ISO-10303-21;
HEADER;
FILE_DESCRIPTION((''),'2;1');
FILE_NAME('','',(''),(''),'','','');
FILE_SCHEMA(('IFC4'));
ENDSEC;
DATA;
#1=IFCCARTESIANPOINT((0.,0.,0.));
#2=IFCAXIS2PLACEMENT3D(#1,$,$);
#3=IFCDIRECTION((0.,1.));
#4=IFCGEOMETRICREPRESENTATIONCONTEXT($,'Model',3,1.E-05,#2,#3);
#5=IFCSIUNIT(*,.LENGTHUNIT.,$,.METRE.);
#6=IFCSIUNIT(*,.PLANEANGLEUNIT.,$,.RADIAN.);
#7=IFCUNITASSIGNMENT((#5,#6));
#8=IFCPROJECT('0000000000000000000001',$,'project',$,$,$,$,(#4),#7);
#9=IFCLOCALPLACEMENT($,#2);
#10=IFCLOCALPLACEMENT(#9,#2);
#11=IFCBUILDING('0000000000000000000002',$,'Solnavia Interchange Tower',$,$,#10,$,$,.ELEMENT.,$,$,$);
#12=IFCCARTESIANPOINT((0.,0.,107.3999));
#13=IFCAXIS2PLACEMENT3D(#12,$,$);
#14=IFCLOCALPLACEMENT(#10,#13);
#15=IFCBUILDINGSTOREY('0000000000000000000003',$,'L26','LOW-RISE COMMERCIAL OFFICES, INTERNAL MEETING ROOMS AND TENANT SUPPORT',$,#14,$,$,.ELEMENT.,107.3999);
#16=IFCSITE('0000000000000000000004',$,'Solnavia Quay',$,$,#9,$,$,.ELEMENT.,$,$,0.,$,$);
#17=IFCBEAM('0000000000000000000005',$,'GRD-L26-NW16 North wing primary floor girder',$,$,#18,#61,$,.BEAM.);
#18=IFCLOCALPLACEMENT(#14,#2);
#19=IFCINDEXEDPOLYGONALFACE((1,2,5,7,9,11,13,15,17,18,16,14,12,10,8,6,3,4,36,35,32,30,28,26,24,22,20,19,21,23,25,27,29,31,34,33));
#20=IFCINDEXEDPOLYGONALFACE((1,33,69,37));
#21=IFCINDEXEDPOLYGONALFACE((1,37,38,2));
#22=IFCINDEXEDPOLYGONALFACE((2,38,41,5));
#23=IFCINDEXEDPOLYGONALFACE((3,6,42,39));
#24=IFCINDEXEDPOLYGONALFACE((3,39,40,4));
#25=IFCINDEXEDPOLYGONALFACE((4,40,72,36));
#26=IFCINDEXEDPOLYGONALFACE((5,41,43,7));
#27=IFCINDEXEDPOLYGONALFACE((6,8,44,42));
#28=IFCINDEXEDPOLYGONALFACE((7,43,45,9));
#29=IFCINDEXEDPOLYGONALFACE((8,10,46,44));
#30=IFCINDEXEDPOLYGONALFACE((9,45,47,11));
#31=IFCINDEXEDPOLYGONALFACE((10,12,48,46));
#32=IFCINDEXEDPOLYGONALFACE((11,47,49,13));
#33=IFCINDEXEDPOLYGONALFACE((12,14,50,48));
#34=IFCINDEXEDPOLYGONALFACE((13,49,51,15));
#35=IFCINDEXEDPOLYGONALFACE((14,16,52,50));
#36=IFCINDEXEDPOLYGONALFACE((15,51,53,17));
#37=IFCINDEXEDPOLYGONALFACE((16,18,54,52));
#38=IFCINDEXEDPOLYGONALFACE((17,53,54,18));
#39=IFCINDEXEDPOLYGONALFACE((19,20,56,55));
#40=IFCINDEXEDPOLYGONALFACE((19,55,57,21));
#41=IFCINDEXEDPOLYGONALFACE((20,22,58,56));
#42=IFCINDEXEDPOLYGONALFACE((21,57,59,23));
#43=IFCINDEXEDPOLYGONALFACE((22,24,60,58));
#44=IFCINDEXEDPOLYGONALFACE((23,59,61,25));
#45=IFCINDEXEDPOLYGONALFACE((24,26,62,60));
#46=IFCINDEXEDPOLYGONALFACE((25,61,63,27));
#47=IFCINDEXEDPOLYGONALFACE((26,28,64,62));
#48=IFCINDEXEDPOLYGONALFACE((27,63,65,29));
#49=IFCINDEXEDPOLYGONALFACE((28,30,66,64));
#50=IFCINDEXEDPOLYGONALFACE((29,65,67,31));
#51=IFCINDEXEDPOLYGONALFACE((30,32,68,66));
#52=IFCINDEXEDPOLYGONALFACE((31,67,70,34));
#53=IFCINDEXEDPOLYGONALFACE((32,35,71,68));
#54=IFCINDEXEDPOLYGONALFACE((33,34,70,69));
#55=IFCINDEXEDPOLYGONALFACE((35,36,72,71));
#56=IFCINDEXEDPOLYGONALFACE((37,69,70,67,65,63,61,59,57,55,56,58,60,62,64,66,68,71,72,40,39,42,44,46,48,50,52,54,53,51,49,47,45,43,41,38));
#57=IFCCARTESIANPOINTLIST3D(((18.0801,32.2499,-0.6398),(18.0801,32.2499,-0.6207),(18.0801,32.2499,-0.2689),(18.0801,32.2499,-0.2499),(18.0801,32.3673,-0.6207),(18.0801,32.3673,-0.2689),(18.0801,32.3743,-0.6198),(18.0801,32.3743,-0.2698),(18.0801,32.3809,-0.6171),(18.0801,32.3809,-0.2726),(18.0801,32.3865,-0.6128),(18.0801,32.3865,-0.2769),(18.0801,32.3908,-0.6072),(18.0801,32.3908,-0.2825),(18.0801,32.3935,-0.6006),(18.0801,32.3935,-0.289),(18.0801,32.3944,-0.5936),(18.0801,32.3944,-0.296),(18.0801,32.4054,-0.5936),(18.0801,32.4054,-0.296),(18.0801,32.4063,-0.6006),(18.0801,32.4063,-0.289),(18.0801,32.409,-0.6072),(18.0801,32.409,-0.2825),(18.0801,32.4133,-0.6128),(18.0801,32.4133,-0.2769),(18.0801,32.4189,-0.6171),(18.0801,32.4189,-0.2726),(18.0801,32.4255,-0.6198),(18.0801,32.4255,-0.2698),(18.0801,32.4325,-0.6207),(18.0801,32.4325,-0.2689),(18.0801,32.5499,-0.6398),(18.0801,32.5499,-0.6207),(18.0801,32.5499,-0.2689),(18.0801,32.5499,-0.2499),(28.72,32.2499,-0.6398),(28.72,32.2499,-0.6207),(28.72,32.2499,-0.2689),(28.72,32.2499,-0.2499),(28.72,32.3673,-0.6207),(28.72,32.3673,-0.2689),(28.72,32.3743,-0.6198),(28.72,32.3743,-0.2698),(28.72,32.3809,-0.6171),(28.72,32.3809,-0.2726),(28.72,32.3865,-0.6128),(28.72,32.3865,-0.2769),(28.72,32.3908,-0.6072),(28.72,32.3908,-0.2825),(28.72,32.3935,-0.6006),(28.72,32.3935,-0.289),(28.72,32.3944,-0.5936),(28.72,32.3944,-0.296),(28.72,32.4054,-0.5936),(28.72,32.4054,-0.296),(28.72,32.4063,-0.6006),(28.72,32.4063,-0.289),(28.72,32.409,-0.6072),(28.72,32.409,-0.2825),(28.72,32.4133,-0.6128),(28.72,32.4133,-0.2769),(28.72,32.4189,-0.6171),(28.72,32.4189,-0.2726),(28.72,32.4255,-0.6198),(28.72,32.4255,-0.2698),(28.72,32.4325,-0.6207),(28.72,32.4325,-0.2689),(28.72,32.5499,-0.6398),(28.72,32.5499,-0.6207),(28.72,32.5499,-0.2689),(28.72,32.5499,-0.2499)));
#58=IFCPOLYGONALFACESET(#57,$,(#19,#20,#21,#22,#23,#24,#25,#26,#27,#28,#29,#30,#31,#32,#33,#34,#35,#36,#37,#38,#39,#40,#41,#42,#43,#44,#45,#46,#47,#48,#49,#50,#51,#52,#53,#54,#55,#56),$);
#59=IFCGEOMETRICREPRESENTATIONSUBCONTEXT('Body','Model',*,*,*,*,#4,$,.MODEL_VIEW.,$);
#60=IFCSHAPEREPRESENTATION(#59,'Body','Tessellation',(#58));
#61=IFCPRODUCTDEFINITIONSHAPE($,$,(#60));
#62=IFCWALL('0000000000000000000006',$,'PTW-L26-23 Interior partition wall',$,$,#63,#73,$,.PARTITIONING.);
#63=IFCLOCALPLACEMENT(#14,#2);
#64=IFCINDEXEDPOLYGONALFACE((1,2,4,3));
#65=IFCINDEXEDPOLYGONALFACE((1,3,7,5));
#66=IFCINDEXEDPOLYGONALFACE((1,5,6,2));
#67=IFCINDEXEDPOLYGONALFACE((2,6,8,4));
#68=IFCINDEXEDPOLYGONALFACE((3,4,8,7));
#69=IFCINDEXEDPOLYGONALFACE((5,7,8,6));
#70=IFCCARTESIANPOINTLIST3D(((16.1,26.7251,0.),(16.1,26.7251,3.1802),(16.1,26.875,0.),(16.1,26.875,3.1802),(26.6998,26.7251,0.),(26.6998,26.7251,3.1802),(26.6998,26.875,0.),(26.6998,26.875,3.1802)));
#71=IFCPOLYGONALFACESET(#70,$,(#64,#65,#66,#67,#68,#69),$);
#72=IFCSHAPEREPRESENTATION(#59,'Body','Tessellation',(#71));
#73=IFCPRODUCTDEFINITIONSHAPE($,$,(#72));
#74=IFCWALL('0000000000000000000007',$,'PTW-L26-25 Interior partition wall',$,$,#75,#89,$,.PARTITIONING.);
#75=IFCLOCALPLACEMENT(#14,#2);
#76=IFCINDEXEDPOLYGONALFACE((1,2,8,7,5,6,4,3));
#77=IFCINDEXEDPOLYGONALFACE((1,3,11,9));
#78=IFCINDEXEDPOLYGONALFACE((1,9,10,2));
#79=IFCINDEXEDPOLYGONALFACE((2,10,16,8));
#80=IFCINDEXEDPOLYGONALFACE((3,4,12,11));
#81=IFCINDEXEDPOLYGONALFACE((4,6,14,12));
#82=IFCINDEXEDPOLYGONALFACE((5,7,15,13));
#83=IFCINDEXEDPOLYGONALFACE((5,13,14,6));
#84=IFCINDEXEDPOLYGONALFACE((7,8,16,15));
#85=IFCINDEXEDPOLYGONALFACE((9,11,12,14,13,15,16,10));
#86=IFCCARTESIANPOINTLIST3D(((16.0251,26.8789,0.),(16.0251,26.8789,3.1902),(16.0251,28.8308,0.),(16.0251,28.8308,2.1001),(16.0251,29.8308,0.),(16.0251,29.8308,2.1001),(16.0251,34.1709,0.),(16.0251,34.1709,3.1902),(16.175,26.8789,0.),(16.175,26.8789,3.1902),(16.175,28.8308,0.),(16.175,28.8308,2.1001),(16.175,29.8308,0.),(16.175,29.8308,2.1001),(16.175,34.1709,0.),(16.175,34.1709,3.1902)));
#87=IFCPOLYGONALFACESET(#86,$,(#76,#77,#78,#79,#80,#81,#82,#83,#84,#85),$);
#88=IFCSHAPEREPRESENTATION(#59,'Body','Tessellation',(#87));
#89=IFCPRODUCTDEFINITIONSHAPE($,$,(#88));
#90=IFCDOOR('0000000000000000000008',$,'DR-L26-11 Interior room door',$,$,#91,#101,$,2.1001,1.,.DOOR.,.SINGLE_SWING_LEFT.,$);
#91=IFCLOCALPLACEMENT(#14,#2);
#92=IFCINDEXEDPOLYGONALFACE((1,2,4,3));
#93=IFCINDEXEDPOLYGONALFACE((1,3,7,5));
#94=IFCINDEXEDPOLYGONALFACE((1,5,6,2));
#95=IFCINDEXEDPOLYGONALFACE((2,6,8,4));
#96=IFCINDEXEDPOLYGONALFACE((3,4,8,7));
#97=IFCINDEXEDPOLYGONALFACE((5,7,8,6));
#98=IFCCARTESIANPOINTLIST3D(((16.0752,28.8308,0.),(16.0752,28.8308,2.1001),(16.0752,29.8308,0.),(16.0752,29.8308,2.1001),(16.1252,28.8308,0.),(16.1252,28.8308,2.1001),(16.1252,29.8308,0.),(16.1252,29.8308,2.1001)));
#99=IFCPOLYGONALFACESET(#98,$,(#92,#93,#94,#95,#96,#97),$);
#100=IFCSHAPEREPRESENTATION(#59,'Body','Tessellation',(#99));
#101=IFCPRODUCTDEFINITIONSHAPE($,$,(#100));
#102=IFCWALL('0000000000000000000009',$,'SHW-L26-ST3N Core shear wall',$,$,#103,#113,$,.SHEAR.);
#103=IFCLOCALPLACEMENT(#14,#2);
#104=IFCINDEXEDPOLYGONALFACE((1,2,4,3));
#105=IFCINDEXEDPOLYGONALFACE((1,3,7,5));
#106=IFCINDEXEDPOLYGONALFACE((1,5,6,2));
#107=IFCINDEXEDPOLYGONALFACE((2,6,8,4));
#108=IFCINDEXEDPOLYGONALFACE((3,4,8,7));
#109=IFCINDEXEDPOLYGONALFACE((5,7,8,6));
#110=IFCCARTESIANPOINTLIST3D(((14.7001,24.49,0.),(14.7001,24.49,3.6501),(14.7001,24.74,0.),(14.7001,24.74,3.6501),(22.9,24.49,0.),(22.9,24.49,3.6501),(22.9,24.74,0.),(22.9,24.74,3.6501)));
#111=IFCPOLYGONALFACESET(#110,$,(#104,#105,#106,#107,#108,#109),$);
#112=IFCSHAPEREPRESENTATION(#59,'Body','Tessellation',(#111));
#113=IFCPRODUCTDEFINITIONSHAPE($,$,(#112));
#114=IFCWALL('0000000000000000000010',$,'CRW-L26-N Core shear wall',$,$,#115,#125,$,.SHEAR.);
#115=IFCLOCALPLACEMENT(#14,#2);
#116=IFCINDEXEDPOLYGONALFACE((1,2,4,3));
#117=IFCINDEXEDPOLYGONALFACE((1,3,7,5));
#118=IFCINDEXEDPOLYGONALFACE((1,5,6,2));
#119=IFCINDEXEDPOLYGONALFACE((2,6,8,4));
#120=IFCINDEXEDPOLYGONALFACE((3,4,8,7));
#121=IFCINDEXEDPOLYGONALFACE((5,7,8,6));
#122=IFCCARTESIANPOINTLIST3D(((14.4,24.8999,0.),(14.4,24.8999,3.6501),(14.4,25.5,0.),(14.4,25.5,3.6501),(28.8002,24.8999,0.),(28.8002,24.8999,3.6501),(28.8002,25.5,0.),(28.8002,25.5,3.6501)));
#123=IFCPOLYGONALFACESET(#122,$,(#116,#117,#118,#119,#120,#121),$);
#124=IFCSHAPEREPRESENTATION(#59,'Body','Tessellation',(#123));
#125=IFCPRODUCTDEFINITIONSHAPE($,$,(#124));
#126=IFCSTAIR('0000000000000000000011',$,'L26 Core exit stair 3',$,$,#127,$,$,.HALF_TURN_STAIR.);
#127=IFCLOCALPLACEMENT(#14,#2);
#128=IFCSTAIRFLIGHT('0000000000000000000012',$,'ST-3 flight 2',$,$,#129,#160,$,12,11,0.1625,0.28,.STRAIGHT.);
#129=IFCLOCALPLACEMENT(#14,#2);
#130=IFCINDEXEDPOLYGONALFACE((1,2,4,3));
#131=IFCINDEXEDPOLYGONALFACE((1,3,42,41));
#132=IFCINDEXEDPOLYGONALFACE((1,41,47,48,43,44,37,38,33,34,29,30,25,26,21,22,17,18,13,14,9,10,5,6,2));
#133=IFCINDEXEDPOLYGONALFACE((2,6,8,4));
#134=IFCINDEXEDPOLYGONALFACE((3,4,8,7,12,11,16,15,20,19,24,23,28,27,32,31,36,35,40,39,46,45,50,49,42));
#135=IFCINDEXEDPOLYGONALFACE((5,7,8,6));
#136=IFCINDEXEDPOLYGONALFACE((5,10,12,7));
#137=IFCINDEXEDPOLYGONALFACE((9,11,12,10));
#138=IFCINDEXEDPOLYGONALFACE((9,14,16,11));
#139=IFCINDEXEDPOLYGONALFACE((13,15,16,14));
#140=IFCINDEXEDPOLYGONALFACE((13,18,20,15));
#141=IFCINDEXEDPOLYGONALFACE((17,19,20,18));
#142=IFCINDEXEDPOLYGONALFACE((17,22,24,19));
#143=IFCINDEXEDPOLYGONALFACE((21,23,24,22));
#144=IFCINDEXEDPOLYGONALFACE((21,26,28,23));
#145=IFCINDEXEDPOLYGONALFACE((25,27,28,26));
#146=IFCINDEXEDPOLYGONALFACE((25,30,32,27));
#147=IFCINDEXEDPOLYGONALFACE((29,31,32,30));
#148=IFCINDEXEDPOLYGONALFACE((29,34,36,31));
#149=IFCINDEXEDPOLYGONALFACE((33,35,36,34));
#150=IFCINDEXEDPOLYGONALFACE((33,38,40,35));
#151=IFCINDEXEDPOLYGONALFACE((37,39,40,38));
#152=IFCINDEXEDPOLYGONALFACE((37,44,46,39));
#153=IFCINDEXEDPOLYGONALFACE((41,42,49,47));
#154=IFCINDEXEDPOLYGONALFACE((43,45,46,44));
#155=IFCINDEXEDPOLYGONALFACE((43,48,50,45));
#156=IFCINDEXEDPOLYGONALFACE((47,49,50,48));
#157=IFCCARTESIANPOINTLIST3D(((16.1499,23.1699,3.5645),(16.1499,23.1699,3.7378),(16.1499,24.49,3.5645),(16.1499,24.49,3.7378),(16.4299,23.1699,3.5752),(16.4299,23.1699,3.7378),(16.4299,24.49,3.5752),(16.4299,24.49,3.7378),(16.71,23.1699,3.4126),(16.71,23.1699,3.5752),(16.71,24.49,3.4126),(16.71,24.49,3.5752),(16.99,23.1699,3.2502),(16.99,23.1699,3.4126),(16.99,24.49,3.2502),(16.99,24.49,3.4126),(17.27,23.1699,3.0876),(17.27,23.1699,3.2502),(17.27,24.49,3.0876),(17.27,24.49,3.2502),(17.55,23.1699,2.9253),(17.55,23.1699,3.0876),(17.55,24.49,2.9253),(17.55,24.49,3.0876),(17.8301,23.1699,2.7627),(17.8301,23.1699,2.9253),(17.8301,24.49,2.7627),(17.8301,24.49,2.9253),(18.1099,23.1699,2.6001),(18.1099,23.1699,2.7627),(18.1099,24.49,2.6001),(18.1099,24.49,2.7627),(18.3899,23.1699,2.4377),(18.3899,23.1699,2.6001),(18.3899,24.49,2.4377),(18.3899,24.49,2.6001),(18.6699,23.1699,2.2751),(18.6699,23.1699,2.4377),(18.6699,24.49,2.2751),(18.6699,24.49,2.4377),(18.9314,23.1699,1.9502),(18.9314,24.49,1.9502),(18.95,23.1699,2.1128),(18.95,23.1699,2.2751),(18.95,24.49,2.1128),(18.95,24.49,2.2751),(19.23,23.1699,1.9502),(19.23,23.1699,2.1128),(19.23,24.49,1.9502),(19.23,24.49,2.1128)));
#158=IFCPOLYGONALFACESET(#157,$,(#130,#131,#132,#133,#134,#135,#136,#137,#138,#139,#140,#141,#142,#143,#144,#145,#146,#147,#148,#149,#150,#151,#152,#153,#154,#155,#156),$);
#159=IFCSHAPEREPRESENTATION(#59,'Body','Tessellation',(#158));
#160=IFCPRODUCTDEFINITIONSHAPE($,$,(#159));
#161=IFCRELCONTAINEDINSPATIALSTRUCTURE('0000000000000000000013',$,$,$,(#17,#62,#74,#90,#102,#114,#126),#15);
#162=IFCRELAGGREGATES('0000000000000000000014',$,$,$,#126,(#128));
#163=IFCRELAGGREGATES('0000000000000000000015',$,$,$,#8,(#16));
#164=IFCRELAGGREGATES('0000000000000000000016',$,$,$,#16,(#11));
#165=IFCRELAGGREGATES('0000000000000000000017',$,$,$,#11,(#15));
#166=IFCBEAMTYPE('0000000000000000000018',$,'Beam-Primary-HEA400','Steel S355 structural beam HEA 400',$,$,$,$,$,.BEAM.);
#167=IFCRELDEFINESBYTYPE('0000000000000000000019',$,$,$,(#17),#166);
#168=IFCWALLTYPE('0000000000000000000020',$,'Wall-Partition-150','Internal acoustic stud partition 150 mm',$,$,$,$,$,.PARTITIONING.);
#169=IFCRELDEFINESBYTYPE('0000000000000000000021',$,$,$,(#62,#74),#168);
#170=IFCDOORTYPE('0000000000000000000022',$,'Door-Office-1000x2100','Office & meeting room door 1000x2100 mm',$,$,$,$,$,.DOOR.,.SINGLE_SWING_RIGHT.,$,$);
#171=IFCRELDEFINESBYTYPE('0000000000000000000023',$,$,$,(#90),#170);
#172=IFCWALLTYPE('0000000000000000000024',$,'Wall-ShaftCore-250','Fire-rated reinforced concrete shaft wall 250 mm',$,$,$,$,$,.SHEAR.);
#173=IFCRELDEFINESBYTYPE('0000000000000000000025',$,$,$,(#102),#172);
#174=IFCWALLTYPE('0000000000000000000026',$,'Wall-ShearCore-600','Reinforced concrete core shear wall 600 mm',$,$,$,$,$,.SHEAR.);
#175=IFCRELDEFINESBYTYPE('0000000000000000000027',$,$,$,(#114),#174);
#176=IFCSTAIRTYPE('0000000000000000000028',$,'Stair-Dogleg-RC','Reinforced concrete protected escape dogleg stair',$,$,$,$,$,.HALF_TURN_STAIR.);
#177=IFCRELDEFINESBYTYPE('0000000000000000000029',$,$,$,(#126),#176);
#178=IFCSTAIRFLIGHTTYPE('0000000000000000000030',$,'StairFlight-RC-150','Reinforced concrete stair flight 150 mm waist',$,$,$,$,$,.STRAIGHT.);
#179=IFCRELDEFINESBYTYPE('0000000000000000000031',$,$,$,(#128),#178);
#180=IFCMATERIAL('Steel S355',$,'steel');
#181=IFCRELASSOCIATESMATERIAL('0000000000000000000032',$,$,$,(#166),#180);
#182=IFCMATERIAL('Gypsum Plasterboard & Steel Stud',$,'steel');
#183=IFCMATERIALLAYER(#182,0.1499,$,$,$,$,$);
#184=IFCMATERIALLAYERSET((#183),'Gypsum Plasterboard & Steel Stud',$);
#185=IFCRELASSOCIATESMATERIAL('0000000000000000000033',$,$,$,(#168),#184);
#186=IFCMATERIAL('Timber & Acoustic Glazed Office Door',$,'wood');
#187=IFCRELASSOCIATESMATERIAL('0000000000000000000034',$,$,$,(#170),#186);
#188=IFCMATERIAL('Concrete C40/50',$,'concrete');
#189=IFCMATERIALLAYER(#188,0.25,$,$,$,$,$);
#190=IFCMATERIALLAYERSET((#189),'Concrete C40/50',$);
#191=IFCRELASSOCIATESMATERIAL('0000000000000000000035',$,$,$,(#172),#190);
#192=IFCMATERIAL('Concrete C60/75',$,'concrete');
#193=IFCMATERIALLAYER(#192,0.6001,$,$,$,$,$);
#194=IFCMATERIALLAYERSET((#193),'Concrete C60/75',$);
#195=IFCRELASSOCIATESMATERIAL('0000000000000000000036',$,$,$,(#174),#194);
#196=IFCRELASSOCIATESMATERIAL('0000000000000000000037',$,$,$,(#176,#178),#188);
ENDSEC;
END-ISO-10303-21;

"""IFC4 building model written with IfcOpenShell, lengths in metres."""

from ifc_helpers import new_model, si_unit, direction, frame, frame_2d, origin, origin_2d, place, context, subcontext, project, spatial, polyline, rectangle, i_section, outline, extrude, material, layer, layer_set, material_profile, profile_set, type_object, element, fill, aggregate, save


model = new_model("IFC4")

# Units and contexts
model_context = context("Model", 3, precision=1e-05, world=origin(), true_north=direction((0.0, 1.0)))
body_context = subcontext(model_context, "Body", "Model", "MODEL_VIEW")
ifc_project = project(units=[si_unit("LENGTHUNIT", "METRE"), si_unit("PLANEANGLEUNIT", "RADIAN")], contexts=[model_context])

# Site, building, storey
site_placement = place(None, origin())
site = spatial("IfcSite", under=ifc_project, at=site_placement, Name="Solnavia Quay", CompositionType="ELEMENT", RefElevation=0.0)
building_placement = place(site_placement, origin())
building = spatial("IfcBuilding", under=site, at=building_placement, Name="Solnavia Interchange Tower", CompositionType="ELEMENT")
storey_placement = place(building_placement, frame((0.0, 0.0, 107.3999)))
storey = spatial("IfcBuildingStorey", under=building, at=storey_placement, Name="L26", Description="LOW-RISE COMMERCIAL OFFICES, INTERNAL MEETING ROOMS AND TENANT SUPPORT", CompositionType="ELEMENT", Elevation=107.3999)

# Shared definitions
ifc_material_1 = material(Name="Steel S355", Category="steel")

# Beam
ifc_material_profile_1 = material_profile(ifc_material_1, i_section(OverallWidth=0.3, OverallDepth=0.3899, WebThickness=0.011, FlangeThickness=0.019, FilletRadius=0.0271, at=origin_2d()), Name="HEA 400")
ifc_profile_set_1 = profile_set([ifc_material_profile_1], Name="Steel S355")
beam_type_1 = type_object("IfcBeamType", Name="Beam-Primary-HEA400", Description="Steel S355 structural beam HEA 400", PredefinedType="BEAM", material=ifc_profile_set_1)
beam_placement = place(storey_placement, frame((18.0801, 32.3999, -0.4448), z_axis=(1.0, 0.0, 0.0), x_axis=(0.0, 1.0, 0.0)))
element("IfcBeam", 1, at=beam_placement, inside=storey, type_object=beam_type_1, Name="GRD-L26-NW16 North wing primary floor girder", PredefinedType="BEAM", context=body_context, shape_type="SweptSolid", body=[
    extrude(i_section(OverallWidth=0.3, OverallDepth=0.3899, WebThickness=0.011, FlangeThickness=0.019, FilletRadius=0.0271, at=origin_2d()), origin(), (0.0, 0.0, 1.0), 10.6399),
])

# Wall
ifc_material_2 = material(Name="Gypsum Plasterboard & Steel Stud", Category="steel")
ifc_layer_1 = layer(ifc_material_2, 0.1499)
ifc_layer_set_1 = layer_set([ifc_layer_1], Name="Gypsum Plasterboard & Steel Stud")
wall_type_1 = type_object("IfcWallType", Name="Wall-Partition-150", Description="Internal acoustic stud partition 150 mm", PredefinedType="PARTITIONING", material=ifc_layer_set_1)
wall_1_placement = place(storey_placement, frame((16.1001, 26.8, 0.0), z_axis=(0.0, 0.0, 1.0), x_axis=(1.0, 0.0, 0.0)))
element("IfcWall", 2, at=wall_1_placement, inside=storey, type_object=wall_type_1, Name="PTW-L26-23 Interior partition wall", PredefinedType="PARTITIONING", context=body_context, shape_type="SweptSolid", body=[
    extrude(rectangle(XDim=10.5999, YDim=0.1499, at=frame_2d((5.2998, 0.0))), origin(), (0.0, 0.0, 1.0), 3.1802),
])

# Wall, opening, door
wall_2_placement = place(storey_placement, frame((16.1001, 26.8789, 0.0), z_axis=(0.0, 0.0, 1.0), x_axis=(0.0, 1.0, 0.0)))
wall_2 = element("IfcWall", 3, at=wall_2_placement, inside=storey, type_object=wall_type_1, Name="PTW-L26-25 Interior partition wall", PredefinedType="PARTITIONING", context=body_context, shape_type="SweptSolid", body=[
    extrude(rectangle(XDim=7.292, YDim=0.1499, at=frame_2d((3.646, 0.0))), origin(), (0.0, 0.0, 1.0), 3.1902),
])
opening_placement = place(wall_2_placement, frame((1.9519, 0.0, 0.0)))
opening = element("IfcOpeningElement", 4, at=opening_placement, cuts=wall_2, PredefinedType="OPENING", context=body_context, shape_type="SweptSolid", body=[
    extrude(rectangle(XDim=1.0, YDim=2.1001, at=frame_2d((0.5, 1.05))), frame((0.0, 0.085, 0.0), z_axis=(0.0, -1.0, 0.0), x_axis=(1.0, 0.0, 0.0)), (0.0, 0.0, 1.0), 0.1699),
])
ifc_material_3 = material(Name="Timber & Acoustic Glazed Office Door", Category="wood")
door_type = type_object("IfcDoorType", Name="Door-Office-1000x2100", Description="Office & meeting room door 1000x2100 mm", OperationType="SINGLE_SWING_RIGHT", PredefinedType="DOOR", material=ifc_material_3)
door_placement = place(opening_placement, origin())
door = element("IfcDoor", 5, at=door_placement, inside=storey, type_object=door_type, Name="DR-L26-11 Interior room door", OperationType="SINGLE_SWING_LEFT", OverallHeight=2.1001, OverallWidth=1.0, PredefinedType="DOOR", context=body_context, shape_type="SweptSolid", body=[
    extrude(rectangle(XDim=1.0, YDim=2.1001, at=frame_2d((0.5, 1.05))), frame((0.0, 0.0249, 0.0), z_axis=(0.0, -1.0, 0.0), x_axis=(1.0, 0.0, 0.0)), (0.0, 0.0, 1.0), 0.05),
])
fill(opening, door)

# Walls
ifc_material_4 = material(Name="Concrete C40/50", Category="concrete")
ifc_layer_2 = layer(ifc_material_4, 0.25)
ifc_layer_set_2 = layer_set([ifc_layer_2], Name="Concrete C40/50")
wall_type_2 = type_object("IfcWallType", Name="Wall-ShaftCore-250", Description="Fire-rated reinforced concrete shaft wall 250 mm", PredefinedType="SHEAR", material=ifc_layer_set_2)
wall_3_placement = place(storey_placement, frame((14.7, 24.615, 0.0), z_axis=(0.0, 0.0, 1.0), x_axis=(1.0, 0.0, 0.0)))
element("IfcWall", 6, at=wall_3_placement, inside=storey, type_object=wall_type_2, Name="SHW-L26-ST3N Core shear wall", PredefinedType="SHEAR", context=body_context, shape_type="SweptSolid", body=[
    extrude(rectangle(XDim=8.2, YDim=0.25, at=frame_2d((4.1001, 0.0))), origin(), (0.0, 0.0, 1.0), 3.6501),
])
ifc_material_5 = material(Name="Concrete C60/75", Category="concrete")
ifc_layer_3 = layer(ifc_material_5, 0.6001)
ifc_layer_set_3 = layer_set([ifc_layer_3], Name="Concrete C60/75")
wall_type_3 = type_object("IfcWallType", Name="Wall-ShearCore-600", Description="Reinforced concrete core shear wall 600 mm", PredefinedType="SHEAR", material=ifc_layer_set_3)
wall_4_placement = place(storey_placement, frame((14.3999, 25.2, 0.0), z_axis=(0.0, 0.0, 1.0), x_axis=(1.0, 0.0, 0.0)))
element("IfcWall", 7, at=wall_4_placement, inside=storey, type_object=wall_type_3, Name="CRW-L26-N Core shear wall", PredefinedType="SHEAR", context=body_context, shape_type="SweptSolid", body=[
    extrude(rectangle(XDim=14.4001, YDim=0.6001, at=frame_2d((7.2002, 0.0))), origin(), (0.0, 0.0, 1.0), 3.6501),
])

# Stair, stair flight
stair_type = type_object("IfcStairType", Name="Stair-Dogleg-RC", Description="Reinforced concrete protected escape dogleg stair", PredefinedType="HALF_TURN_STAIR", material=ifc_material_4)
stair_placement = place(storey_placement, origin())
stair = element("IfcStair", 8, at=stair_placement, inside=storey, type_object=stair_type, Name="L26 Core exit stair 3", PredefinedType="HALF_TURN_STAIR")
stair_flight_type = type_object("IfcStairFlightType", Name="StairFlight-RC-150", Description="Reinforced concrete stair flight 150 mm waist", PredefinedType="STRAIGHT", material=ifc_material_4)
stair_flight_placement = place(storey_placement, frame((19.23, 23.8301, 1.9502), z_axis=(0.0, 0.0, 1.0), x_axis=(-1.0, 0.0, 0.0)))
stair_flight = element("IfcStairFlight", 9, at=stair_flight_placement, type_object=stair_flight_type, Name="ST-3 flight 2", NumberOfRisers=12, NumberOfTreads=11, PredefinedType="STRAIGHT", RiserHeight=0.1625, TreadLength=0.28, context=body_context, shape_type="SweptSolid", body=[
    extrude(outline(polyline([(0.0, 0.0), (0.0, 0.1626), (0.28, 0.1626), (0.28, 0.325), (0.5601, 0.325), (0.5601, 0.4875), (0.8401, 0.4875), (0.8401, 0.6499), (1.1201, 0.6499), (1.1201, 0.8125), (1.3999, 0.8125), (1.3999, 0.9751), (1.6799, 0.9751), (1.6799, 1.1375), (1.96, 1.1375), (1.96, 1.3), (2.24, 1.3), (2.24, 1.4624), (2.52, 1.4624), (2.52, 1.625), (2.8, 1.625), (2.8, 1.7876), (3.0801, 1.7876), (3.0801, 1.95), (3.0801, 1.6143), (0.2986, 0.0), (0.0, 0.0)])), frame((0.0, 0.6602, 0.0), z_axis=(0.0, -1.0, 0.0), x_axis=(1.0, 0.0, 0.0)), (0.0, 0.0, 1.0), 1.3201),
])
aggregate(stair, [stair_flight])

save(model, "model.ifc")
